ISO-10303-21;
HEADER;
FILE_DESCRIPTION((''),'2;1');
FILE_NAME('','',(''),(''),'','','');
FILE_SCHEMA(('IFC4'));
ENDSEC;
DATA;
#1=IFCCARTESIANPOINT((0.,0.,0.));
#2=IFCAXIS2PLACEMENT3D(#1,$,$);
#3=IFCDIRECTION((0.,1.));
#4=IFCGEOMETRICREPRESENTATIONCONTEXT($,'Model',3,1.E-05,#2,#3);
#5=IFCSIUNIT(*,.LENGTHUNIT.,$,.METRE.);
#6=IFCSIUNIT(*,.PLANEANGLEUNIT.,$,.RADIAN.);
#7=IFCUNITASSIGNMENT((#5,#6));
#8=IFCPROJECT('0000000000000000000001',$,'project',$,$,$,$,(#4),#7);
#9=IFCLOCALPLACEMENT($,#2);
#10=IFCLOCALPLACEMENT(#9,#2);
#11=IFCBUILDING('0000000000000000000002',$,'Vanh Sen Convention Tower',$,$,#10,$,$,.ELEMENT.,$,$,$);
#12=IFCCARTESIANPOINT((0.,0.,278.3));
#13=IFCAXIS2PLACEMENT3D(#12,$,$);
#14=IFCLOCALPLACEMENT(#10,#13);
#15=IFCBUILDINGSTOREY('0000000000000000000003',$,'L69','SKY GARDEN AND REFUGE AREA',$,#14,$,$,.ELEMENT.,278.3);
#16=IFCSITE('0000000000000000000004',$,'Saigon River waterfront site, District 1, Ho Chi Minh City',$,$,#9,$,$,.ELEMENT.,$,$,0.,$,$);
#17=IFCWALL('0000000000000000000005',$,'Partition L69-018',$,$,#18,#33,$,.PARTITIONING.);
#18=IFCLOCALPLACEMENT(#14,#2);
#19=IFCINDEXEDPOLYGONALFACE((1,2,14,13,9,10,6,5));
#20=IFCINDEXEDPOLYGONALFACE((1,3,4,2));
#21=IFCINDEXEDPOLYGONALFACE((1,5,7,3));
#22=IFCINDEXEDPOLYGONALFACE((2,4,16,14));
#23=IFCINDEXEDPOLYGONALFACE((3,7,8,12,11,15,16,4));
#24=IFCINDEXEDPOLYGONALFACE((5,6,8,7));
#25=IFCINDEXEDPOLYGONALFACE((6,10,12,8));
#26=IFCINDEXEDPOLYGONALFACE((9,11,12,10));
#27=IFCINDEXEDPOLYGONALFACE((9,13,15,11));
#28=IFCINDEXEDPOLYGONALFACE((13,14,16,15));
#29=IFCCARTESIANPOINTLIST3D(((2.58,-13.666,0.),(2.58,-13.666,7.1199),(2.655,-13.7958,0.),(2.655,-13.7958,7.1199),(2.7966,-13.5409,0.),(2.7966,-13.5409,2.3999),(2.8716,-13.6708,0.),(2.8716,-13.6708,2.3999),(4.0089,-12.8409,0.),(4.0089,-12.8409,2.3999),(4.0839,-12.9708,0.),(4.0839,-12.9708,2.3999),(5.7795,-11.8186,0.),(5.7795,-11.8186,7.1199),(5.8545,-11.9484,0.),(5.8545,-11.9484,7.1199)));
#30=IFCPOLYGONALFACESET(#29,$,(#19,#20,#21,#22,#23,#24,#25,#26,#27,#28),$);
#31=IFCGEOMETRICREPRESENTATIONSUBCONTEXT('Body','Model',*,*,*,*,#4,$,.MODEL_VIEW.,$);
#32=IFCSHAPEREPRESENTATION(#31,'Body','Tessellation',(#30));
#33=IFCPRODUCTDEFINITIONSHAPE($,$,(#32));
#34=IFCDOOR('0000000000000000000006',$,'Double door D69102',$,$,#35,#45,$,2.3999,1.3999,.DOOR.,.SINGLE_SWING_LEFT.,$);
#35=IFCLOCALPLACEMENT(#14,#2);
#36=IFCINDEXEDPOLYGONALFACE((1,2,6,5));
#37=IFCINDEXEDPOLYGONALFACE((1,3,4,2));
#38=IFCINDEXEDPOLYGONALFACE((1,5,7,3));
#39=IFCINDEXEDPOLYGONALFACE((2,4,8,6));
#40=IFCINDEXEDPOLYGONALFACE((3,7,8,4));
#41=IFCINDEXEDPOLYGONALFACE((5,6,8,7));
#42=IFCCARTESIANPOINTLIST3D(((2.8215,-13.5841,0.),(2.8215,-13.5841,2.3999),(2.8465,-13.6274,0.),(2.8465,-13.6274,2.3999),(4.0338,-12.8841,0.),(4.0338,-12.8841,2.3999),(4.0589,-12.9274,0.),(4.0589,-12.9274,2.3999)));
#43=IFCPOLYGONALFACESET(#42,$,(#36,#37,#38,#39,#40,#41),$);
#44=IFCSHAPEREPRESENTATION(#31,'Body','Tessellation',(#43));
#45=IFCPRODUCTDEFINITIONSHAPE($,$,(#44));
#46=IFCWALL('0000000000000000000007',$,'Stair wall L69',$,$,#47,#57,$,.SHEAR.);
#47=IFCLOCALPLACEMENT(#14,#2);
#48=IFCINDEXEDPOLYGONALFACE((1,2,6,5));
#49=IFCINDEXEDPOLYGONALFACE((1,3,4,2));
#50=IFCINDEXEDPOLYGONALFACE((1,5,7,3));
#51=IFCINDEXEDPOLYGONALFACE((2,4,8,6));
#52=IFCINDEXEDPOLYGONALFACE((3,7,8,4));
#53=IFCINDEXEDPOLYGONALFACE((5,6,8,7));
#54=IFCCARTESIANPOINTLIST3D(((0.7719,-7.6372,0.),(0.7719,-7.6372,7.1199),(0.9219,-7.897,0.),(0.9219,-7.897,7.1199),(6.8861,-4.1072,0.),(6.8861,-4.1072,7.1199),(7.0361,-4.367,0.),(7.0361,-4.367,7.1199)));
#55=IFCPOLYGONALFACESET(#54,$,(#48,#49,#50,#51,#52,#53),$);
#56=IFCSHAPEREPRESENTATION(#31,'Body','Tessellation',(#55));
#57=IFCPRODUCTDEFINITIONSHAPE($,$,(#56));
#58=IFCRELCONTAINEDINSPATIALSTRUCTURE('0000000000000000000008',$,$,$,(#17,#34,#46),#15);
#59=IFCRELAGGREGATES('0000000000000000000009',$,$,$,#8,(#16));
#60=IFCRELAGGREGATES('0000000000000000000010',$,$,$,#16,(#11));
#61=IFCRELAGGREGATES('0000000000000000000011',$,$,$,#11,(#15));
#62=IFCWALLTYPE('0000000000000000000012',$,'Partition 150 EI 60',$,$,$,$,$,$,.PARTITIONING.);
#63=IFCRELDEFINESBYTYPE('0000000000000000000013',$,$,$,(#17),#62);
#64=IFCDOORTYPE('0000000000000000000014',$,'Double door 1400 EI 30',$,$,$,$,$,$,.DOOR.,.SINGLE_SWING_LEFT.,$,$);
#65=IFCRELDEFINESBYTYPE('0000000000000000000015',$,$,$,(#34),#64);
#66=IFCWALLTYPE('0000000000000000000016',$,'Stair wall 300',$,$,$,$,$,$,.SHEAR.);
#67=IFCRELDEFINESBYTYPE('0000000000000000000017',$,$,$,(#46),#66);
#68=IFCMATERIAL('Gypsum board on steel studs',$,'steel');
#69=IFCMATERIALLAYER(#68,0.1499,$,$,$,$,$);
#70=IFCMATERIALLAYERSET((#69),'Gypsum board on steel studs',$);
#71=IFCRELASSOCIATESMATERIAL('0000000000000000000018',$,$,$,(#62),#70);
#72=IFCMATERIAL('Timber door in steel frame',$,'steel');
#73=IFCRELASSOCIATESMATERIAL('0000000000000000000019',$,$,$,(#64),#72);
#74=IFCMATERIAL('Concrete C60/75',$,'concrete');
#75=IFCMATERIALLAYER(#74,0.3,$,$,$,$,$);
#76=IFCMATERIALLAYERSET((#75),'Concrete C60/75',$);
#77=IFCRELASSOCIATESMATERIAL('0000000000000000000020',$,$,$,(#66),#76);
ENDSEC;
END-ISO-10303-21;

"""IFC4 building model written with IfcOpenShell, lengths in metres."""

from ifc_helpers import new_model, si_unit, direction, frame, frame_2d, origin, place, context, subcontext, project, spatial, rectangle, extrude, material, layer, layer_set, type_object, element, fill, save


model = new_model("IFC4")

# Units and contexts
model_context = context("Model", 3, precision=1e-05, world=origin(), true_north=direction((0.0, 1.0)))
body_context = subcontext(model_context, "Body", "Model", "MODEL_VIEW")
ifc_project = project(units=[si_unit("LENGTHUNIT", "METRE"), si_unit("PLANEANGLEUNIT", "RADIAN")], contexts=[model_context])

# Site, building, storey
site_placement = place(None, origin())
site = spatial("IfcSite", under=ifc_project, at=site_placement, Name="Saigon River waterfront site, District 1, Ho Chi Minh City", CompositionType="ELEMENT", RefElevation=0.0)
building_placement = place(site_placement, origin())
building = spatial("IfcBuilding", under=site, at=building_placement, Name="Vanh Sen Convention Tower", CompositionType="ELEMENT")
storey_placement = place(building_placement, frame((0.0, 0.0, 278.3)))
storey = spatial("IfcBuildingStorey", under=building, at=storey_placement, Name="L69", Description="SKY GARDEN AND REFUGE AREA", CompositionType="ELEMENT", Elevation=278.3)

# Shared definitions
ifc_material_1 = material(Name="Concrete C60/75", Category="concrete")

# Shared definitions
ifc_material_2 = material(Name="Gypsum board on steel studs", Category="steel")
ifc_layer_1 = layer(ifc_material_2, 0.1499)
ifc_layer_set_1 = layer_set([ifc_layer_1], Name="Gypsum board on steel studs")
wall_type_1 = type_object("IfcWallType", Name="Partition 150 EI 60", PredefinedType="PARTITIONING", material=ifc_layer_set_1)

# Wall, opening, door
wall_1_placement = place(storey_placement, frame((5.8169, -11.8835, 0.0), z_axis=(0.0, 0.0, 1.0), x_axis=(-0.866002, -0.500041, 0.0)))
wall_1 = element("IfcWall", 1, at=wall_1_placement, inside=storey, type_object=wall_type_1, Name="Partition L69-018", PredefinedType="PARTITIONING", context=body_context, shape_type="SweptSolid", body=[
    extrude(rectangle(XDim=3.6946, YDim=0.1499, at=frame_2d((1.8472, 0.0))), origin(), (0.0, 0.0, 1.0), 7.1199),
])
opening_placement = place(wall_1_placement, frame((2.0444, 0.0, 0.0)))
opening = element("IfcOpeningElement", 2, at=opening_placement, cuts=wall_1, PredefinedType="OPENING", context=body_context, shape_type="SweptSolid", body=[
    extrude(rectangle(XDim=1.3999, YDim=2.3999, at=frame_2d((0.7, 1.2))), frame((0.0, 0.085, 0.0), z_axis=(0.0, -1.0, 0.0), x_axis=(1.0, 0.0, 0.0)), (0.0, 0.0, 1.0), 0.1699),
])
ifc_material_3 = material(Name="Timber door in steel frame", Category="steel")
door_type = type_object("IfcDoorType", Name="Double door 1400 EI 30", OperationType="SINGLE_SWING_LEFT", PredefinedType="DOOR", material=ifc_material_3)
door_placement = place(opening_placement, origin())
door = element("IfcDoor", 3, at=door_placement, inside=storey, type_object=door_type, Name="Double door D69102", OperationType="SINGLE_SWING_LEFT", OverallHeight=2.3999, OverallWidth=1.3999, PredefinedType="DOOR", context=body_context, shape_type="SweptSolid", body=[
    extrude(rectangle(XDim=1.3999, YDim=2.3999, at=frame_2d((0.7, 1.2))), frame((0.0, 0.0249, 0.0), z_axis=(0.0, -1.0, 0.0), x_axis=(1.0, 0.0, 0.0)), (0.0, 0.0, 1.0), 0.05),
])
fill(opening, door)

# Wall
ifc_layer_2 = layer(ifc_material_1, 0.3)
ifc_layer_set_2 = layer_set([ifc_layer_2], Name="Concrete C60/75")
wall_type_2 = type_object("IfcWallType", Name="Stair wall 300", PredefinedType="SHEAR", material=ifc_layer_set_2)
wall_2_placement = place(storey_placement, frame((0.8469, -7.7671, 0.0), z_axis=(0.0, 0.0, 1.0), x_axis=(0.866028, 0.499996, 0.0)))
element("IfcWall", 4, at=wall_2_placement, inside=storey, type_object=wall_type_2, Name="Stair wall L69", PredefinedType="SHEAR", context=body_context, shape_type="SweptSolid", body=[
    extrude(rectangle(XDim=7.0601, YDim=0.3, at=frame_2d((3.53, 0.0))), origin(), (0.0, 0.0, 1.0), 7.1199),
])

save(model, "model.ifc")
